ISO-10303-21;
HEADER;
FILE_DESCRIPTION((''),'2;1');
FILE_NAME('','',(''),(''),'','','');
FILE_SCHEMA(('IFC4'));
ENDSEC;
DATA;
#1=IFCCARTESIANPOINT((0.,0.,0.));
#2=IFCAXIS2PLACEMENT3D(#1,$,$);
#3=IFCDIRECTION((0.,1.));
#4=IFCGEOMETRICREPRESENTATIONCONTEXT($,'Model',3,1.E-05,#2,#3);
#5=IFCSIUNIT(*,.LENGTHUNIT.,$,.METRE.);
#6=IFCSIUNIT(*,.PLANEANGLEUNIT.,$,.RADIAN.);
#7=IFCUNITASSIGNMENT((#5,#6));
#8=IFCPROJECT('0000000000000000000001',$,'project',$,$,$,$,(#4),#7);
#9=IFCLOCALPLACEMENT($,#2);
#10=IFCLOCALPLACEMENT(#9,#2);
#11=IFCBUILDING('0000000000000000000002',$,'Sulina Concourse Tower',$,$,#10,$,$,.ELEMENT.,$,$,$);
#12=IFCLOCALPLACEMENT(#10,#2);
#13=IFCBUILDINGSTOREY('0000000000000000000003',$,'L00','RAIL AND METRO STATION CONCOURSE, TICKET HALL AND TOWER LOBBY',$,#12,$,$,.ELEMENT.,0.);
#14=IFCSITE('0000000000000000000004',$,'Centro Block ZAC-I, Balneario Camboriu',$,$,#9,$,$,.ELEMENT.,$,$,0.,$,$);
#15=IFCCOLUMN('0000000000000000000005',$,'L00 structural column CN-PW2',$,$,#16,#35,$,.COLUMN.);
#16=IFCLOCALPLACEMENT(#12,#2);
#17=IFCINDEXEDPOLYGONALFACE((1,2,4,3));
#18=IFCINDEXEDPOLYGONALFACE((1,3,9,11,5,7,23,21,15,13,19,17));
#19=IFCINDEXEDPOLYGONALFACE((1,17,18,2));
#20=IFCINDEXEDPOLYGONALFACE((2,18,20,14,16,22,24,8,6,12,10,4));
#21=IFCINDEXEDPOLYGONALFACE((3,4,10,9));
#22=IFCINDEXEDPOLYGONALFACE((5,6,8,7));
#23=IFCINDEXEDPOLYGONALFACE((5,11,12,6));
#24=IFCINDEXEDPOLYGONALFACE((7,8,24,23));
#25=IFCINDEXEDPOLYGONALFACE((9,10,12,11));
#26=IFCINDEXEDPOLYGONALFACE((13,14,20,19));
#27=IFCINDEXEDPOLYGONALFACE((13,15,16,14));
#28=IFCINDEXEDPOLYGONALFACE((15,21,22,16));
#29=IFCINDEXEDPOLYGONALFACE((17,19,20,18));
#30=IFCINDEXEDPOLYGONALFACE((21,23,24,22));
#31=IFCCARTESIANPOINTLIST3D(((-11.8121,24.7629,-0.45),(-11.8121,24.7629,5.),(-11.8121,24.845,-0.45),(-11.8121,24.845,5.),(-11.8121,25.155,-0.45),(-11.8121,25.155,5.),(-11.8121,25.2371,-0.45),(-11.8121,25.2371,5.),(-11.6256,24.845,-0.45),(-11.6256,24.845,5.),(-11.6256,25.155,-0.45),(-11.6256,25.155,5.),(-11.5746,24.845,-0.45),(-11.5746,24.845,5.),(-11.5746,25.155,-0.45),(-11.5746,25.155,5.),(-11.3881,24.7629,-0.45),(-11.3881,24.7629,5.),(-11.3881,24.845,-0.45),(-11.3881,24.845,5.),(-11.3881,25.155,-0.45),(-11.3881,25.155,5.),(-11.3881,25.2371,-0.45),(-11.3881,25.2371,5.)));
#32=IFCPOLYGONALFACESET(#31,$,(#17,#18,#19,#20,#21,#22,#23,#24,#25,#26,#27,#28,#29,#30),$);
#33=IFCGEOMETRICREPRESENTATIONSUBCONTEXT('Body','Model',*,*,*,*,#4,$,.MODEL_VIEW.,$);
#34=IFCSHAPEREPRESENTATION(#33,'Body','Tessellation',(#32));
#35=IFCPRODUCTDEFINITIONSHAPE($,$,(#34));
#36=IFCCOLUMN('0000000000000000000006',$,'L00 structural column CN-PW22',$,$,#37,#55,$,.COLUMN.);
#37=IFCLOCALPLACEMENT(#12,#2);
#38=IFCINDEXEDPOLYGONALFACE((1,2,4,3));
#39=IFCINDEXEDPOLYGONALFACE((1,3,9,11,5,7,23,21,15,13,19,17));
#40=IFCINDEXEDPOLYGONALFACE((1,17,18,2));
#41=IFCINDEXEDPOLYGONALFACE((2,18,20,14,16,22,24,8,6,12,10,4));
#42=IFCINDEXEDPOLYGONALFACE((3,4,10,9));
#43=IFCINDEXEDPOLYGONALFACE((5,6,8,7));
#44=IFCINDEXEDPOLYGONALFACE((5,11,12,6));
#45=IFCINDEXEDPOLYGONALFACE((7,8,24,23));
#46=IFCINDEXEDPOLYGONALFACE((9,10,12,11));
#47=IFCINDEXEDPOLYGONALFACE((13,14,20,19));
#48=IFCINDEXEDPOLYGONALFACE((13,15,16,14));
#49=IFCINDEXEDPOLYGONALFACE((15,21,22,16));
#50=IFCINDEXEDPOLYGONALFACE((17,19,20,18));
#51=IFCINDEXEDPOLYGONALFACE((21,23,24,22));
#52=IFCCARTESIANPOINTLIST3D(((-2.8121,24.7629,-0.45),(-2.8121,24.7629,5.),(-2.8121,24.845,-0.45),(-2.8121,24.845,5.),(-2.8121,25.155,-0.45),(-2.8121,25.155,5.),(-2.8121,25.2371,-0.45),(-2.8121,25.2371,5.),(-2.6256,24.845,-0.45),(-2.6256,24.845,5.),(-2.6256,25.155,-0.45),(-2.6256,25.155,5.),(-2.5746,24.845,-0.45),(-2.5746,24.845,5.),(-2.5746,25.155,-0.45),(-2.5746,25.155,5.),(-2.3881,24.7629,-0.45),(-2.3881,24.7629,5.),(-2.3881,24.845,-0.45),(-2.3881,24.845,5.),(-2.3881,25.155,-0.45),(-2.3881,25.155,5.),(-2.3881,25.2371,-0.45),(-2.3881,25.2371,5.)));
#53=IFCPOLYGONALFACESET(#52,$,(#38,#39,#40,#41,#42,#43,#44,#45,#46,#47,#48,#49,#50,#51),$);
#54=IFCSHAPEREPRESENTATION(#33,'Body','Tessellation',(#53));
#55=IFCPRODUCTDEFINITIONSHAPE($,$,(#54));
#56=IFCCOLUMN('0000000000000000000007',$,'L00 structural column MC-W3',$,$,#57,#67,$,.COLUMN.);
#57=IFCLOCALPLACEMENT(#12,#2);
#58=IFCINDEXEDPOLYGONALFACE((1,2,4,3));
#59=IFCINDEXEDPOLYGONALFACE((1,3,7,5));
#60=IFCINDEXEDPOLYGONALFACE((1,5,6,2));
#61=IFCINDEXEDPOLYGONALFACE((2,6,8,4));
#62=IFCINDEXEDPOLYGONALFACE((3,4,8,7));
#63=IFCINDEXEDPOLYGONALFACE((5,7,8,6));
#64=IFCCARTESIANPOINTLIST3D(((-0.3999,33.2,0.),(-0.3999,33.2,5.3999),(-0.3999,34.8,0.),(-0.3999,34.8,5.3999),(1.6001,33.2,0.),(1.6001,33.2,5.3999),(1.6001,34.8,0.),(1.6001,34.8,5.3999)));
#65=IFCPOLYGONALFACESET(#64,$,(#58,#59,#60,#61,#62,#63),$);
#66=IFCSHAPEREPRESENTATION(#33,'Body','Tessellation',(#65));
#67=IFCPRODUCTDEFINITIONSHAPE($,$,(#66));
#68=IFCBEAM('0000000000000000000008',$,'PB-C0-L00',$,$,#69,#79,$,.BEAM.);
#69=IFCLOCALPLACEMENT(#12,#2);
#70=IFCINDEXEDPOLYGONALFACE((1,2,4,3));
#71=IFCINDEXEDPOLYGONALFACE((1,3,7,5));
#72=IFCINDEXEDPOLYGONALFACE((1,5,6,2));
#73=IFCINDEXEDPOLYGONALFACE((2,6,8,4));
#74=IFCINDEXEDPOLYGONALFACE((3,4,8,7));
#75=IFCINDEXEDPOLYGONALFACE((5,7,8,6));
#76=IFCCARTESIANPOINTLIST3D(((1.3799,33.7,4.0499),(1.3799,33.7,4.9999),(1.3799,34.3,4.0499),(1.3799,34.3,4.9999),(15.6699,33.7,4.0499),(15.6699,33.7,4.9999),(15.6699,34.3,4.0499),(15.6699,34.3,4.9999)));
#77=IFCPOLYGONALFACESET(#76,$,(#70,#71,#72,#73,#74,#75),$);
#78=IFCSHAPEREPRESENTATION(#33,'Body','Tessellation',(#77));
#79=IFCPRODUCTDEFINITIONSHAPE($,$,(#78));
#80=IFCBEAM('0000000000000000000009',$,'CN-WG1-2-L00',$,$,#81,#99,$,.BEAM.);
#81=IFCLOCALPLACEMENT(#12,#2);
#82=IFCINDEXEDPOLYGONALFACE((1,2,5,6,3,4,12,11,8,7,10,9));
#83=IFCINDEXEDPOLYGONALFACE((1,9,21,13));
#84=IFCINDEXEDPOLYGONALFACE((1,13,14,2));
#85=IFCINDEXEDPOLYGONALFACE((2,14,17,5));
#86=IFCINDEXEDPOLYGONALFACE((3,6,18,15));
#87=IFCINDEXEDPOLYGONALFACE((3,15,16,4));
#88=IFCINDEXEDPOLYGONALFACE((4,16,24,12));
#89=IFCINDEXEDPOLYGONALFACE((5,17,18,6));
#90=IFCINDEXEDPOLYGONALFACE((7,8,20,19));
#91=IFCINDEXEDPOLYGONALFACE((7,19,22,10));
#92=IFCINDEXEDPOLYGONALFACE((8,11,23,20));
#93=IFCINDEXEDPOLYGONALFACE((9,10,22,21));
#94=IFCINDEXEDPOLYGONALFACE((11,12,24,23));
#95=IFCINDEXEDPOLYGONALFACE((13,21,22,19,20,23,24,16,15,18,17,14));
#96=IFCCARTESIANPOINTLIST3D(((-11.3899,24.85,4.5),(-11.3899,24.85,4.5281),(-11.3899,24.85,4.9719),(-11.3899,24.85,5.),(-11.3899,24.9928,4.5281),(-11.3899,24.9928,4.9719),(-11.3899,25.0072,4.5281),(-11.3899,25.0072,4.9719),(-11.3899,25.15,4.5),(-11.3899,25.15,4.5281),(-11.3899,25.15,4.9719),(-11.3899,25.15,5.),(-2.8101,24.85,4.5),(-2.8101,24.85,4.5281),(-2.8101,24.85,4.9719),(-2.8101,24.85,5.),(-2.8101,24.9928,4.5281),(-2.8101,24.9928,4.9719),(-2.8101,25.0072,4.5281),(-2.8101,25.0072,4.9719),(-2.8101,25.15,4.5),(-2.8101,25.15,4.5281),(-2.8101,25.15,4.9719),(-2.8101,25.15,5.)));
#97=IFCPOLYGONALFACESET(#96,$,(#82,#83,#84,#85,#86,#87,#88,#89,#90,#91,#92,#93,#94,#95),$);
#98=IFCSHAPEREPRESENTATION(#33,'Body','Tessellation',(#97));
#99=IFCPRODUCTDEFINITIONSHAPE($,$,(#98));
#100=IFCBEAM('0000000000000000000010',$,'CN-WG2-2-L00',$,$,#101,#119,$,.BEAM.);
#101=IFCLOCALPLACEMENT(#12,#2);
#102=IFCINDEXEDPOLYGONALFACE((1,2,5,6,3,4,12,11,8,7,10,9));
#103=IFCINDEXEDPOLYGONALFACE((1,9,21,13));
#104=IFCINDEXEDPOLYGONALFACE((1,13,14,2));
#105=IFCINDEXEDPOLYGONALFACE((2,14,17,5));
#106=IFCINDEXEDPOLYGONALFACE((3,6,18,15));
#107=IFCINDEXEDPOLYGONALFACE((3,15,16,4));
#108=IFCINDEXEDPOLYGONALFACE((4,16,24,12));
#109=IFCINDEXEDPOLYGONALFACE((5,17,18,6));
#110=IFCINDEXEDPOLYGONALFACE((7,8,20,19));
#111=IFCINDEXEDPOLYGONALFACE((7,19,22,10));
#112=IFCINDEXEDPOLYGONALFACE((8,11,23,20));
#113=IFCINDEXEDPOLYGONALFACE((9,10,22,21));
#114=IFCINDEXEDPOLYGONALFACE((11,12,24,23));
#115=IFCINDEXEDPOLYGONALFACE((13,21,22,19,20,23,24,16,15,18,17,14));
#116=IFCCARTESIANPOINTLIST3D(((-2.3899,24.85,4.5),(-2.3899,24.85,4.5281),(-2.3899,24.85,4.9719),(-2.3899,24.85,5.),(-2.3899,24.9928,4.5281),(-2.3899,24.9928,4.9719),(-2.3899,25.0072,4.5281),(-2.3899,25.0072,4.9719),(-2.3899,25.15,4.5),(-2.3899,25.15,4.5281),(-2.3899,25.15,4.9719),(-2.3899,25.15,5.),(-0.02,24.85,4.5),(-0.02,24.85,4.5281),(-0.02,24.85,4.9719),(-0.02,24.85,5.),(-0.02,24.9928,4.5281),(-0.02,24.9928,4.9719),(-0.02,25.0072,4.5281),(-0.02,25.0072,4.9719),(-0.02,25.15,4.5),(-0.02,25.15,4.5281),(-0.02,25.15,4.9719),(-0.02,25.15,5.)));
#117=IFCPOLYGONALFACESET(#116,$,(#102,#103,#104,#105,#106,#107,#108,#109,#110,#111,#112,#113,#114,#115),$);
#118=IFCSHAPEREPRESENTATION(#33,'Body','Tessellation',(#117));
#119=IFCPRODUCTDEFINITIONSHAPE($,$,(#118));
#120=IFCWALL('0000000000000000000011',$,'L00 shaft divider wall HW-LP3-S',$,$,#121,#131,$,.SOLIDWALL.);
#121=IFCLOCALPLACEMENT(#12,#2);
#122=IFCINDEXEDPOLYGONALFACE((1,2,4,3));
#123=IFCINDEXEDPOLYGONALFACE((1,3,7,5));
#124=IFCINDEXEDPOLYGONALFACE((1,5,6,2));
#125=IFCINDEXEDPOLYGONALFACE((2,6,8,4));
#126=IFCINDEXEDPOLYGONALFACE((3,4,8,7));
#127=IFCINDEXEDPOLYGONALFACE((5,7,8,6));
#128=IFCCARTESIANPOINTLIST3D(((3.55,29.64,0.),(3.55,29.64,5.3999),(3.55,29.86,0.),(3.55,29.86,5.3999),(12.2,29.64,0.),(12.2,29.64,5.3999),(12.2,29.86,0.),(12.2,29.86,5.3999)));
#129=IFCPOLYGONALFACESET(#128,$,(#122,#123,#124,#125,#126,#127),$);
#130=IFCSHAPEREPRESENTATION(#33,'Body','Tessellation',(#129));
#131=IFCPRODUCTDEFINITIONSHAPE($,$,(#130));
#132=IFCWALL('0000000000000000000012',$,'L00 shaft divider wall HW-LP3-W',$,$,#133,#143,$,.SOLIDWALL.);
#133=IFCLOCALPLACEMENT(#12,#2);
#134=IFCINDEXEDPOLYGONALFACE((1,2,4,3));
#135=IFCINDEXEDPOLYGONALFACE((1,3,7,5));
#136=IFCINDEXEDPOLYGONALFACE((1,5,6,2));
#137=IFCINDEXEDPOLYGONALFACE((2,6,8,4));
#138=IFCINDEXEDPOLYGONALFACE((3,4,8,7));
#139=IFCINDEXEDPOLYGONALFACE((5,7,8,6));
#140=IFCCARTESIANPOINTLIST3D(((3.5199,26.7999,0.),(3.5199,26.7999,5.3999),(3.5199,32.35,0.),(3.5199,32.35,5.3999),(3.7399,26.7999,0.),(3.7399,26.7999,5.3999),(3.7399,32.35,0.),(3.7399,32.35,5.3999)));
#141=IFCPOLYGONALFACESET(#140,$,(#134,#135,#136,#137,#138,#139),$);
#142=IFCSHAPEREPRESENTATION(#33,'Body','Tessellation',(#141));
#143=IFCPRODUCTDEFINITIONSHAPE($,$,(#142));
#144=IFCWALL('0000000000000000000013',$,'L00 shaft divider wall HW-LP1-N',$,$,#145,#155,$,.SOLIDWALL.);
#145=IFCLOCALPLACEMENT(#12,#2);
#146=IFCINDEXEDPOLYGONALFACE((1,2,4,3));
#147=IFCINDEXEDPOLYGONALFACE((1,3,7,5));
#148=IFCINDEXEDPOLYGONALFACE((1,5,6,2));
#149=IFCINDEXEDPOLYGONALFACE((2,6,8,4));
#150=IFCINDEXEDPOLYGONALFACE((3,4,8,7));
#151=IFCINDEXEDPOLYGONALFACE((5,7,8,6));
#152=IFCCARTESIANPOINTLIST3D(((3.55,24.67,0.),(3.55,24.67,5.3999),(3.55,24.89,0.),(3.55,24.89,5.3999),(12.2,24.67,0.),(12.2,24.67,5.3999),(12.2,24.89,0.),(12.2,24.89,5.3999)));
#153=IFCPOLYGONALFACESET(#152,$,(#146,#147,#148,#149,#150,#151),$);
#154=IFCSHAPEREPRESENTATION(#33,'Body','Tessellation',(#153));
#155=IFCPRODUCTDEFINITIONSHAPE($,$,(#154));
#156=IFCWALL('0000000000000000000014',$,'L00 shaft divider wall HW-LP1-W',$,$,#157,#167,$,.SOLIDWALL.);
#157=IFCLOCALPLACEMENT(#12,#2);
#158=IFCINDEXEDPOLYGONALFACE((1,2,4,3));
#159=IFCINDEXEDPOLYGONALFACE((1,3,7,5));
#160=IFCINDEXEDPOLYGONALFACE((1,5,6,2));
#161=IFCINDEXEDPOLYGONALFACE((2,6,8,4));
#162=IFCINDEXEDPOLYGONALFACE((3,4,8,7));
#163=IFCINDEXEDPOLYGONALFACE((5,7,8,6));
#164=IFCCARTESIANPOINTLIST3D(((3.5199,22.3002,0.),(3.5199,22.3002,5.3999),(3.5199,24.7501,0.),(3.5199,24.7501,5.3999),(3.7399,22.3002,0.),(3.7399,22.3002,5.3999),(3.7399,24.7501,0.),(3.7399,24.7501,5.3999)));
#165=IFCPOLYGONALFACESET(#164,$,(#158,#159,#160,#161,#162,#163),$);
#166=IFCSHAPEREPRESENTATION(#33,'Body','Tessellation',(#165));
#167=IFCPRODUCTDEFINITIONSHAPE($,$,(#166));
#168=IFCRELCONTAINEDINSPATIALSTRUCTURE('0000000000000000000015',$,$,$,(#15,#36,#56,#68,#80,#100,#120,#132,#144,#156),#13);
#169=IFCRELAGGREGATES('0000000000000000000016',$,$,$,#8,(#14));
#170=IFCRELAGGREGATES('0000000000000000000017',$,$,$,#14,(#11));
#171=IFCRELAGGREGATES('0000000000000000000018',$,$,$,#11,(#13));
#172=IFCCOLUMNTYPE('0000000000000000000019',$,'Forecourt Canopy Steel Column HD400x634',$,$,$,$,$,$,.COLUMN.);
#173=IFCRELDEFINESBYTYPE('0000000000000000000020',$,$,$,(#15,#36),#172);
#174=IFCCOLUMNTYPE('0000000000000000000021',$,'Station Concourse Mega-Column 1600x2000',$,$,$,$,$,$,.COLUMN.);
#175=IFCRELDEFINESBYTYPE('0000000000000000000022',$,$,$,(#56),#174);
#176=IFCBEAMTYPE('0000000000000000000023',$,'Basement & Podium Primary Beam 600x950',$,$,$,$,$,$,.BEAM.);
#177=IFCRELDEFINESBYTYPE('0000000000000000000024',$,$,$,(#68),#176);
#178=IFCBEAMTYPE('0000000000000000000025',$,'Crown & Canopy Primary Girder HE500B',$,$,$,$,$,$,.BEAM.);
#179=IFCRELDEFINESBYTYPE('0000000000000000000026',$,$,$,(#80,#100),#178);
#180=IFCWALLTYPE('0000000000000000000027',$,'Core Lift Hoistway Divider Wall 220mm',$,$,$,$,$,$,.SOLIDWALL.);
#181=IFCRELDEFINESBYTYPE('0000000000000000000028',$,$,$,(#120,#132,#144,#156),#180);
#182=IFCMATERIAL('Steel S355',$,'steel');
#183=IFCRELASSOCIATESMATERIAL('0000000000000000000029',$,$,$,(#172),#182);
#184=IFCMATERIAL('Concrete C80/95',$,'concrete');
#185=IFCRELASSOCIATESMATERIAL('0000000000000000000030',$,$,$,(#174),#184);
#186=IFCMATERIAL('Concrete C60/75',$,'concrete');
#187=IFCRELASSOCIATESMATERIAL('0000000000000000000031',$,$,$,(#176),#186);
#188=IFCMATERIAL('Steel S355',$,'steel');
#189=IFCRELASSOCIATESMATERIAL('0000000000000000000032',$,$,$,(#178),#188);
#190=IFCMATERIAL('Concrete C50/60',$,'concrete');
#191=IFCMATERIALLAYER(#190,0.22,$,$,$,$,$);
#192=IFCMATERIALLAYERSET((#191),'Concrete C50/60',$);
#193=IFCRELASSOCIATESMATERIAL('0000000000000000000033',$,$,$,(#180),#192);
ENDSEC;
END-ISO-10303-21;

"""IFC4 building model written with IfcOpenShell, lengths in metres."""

from ifc_helpers import new_model, si_unit, direction, frame, frame_2d, origin, origin_2d, place, context, subcontext, project, spatial, rectangle, i_section, extrude, material, layer, layer_set, material_profile, profile_set, type_object, element, save


model = new_model("IFC4")

# Units and contexts
model_context = context("Model", 3, precision=1e-05, world=origin(), true_north=direction((0.0, 1.0)))
body_context = subcontext(model_context, "Body", "Model", "MODEL_VIEW")
ifc_project = project(units=[si_unit("LENGTHUNIT", "METRE"), si_unit("PLANEANGLEUNIT", "RADIAN")], contexts=[model_context])

# Site, building, storey
site_placement = place(None, origin())
site = spatial("IfcSite", under=ifc_project, at=site_placement, Name="Centro Block ZAC-I, Balneario Camboriu", CompositionType="ELEMENT", RefElevation=0.0)
building_placement = place(site_placement, origin())
building = spatial("IfcBuilding", under=site, at=building_placement, Name="Sulina Concourse Tower", CompositionType="ELEMENT")
storey_placement = place(building_placement, origin())
storey = spatial("IfcBuildingStorey", under=building, at=storey_placement, Name="L00", Description="RAIL AND METRO STATION CONCOURSE, TICKET HALL AND TOWER LOBBY", CompositionType="ELEMENT", Elevation=0.0)

# Columns
ifc_material_1 = material(Name="Steel S355", Category="steel")
ifc_material_profile_1 = material_profile(ifc_material_1, i_section(OverallWidth=0.4241, OverallDepth=0.4741, WebThickness=0.051, FlangeThickness=0.082, at=origin_2d()), Name="HD 400x634")
ifc_profile_set_1 = profile_set([ifc_material_profile_1], Name="Steel S355")
column_type_1 = type_object("IfcColumnType", Name="Forecourt Canopy Steel Column HD400x634", PredefinedType="COLUMN", material=ifc_profile_set_1)
for number, where, z_axis, x_axis, name in (
    (1, (-11.6001, 25.0, -0.45), (0.0, 0.0, 1.0), (1.0, 0.0, 0.0), "L00 structural column CN-PW2"),
    (2, (-2.6001, 25.0, -0.45), (0.0, 0.0, 1.0), (1.0, 0.0, 0.0), "L00 structural column CN-PW22"),
):
    element("IfcColumn", number, at=place(storey_placement, frame(where, z_axis=z_axis, x_axis=x_axis)), inside=storey, type_object=column_type_1, Name=name, PredefinedType="COLUMN", context=body_context, shape_type="SweptSolid", body=[
        extrude(i_section(OverallWidth=0.4241, OverallDepth=0.4741, WebThickness=0.051, FlangeThickness=0.082, at=origin_2d()), origin(), (0.0, 0.0, 1.0), 5.45),
    ])
ifc_material_2 = material(Name="Concrete C80/95", Category="concrete")
ifc_material_profile_2 = material_profile(ifc_material_2, rectangle(XDim=1.6001, YDim=2.0, at=origin_2d()), Name="RC 1600x2000")
ifc_profile_set_2 = profile_set([ifc_material_profile_2], Name="Concrete C80/95")
column_type_2 = type_object("IfcColumnType", Name="Station Concourse Mega-Column 1600x2000", PredefinedType="COLUMN", material=ifc_profile_set_2)
column_placement = place(storey_placement, frame((0.6001, 34.0, 0.0), z_axis=(0.0, 0.0, 1.0), x_axis=(0.0, 1.0, 0.0)))
element("IfcColumn", 3, at=column_placement, inside=storey, type_object=column_type_2, Name="L00 structural column MC-W3", PredefinedType="COLUMN", context=body_context, shape_type="SweptSolid", body=[
    extrude(rectangle(XDim=1.6001, YDim=2.0, at=origin_2d()), origin(), (0.0, 0.0, 1.0), 5.3999),
])

# Beams
ifc_material_3 = material(Name="Concrete C60/75", Category="concrete")
ifc_material_profile_3 = material_profile(ifc_material_3, rectangle(XDim=0.6001, YDim=0.95, at=origin_2d()), Name="RC 600x950")
ifc_profile_set_3 = profile_set([ifc_material_profile_3], Name="Concrete C60/75")
beam_type_1 = type_object("IfcBeamType", Name="Basement & Podium Primary Beam 600x950", PredefinedType="BEAM", material=ifc_profile_set_3)
beam_1_placement = place(storey_placement, frame((1.3799, 34.0, 4.5249), z_axis=(1.0, 0.0, 0.0), x_axis=(0.0, 1.0, 0.0)))
element("IfcBeam", 4, at=beam_1_placement, inside=storey, type_object=beam_type_1, Name="PB-C0-L00", PredefinedType="BEAM", context=body_context, shape_type="SweptSolid", body=[
    extrude(rectangle(XDim=0.6001, YDim=0.95, at=origin_2d()), origin(), (0.0, 0.0, 1.0), 14.29),
])
ifc_material_4 = material(Name="Steel S355", Category="steel")
ifc_material_profile_4 = material_profile(ifc_material_4, i_section(OverallWidth=0.3, OverallDepth=0.5, WebThickness=0.0144, FlangeThickness=0.0281, at=origin_2d()), Name="HE 500 B")
ifc_profile_set_4 = profile_set([ifc_material_profile_4], Name="Steel S355")
beam_type_2 = type_object("IfcBeamType", Name="Crown & Canopy Primary Girder HE500B", PredefinedType="BEAM", material=ifc_profile_set_4)
beam_2_placement = place(storey_placement, frame((-11.3899, 25.0, 4.75), z_axis=(1.0, 0.0, 0.0), x_axis=(0.0, 1.0, 0.0)))
element("IfcBeam", 5, at=beam_2_placement, inside=storey, type_object=beam_type_2, Name="CN-WG1-2-L00", PredefinedType="BEAM", context=body_context, shape_type="SweptSolid", body=[
    extrude(i_section(OverallWidth=0.3, OverallDepth=0.5, WebThickness=0.0144, FlangeThickness=0.0281, at=origin_2d()), origin(), (0.0, 0.0, 1.0), 8.5798),
])
beam_3_placement = place(storey_placement, frame((-2.3899, 25.0, 4.75), z_axis=(1.0, 0.0, 0.0), x_axis=(0.0, 1.0, 0.0)))
element("IfcBeam", 6, at=beam_3_placement, inside=storey, type_object=beam_type_2, Name="CN-WG2-2-L00", PredefinedType="BEAM", context=body_context, shape_type="SweptSolid", body=[
    extrude(i_section(OverallWidth=0.3, OverallDepth=0.5, WebThickness=0.0144, FlangeThickness=0.0281, at=origin_2d()), origin(), (0.0, 0.0, 1.0), 2.3699),
])

# Walls
ifc_material_5 = material(Name="Concrete C50/60", Category="concrete")
ifc_layer_1 = layer(ifc_material_5, 0.22)
ifc_layer_set_1 = layer_set([ifc_layer_1], Name="Concrete C50/60")
wall_type_1 = type_object("IfcWallType", Name="Core Lift Hoistway Divider Wall 220mm", PredefinedType="SOLIDWALL", material=ifc_layer_set_1)
wall_1_placement = place(storey_placement, frame((3.55, 29.75, 0.0), z_axis=(0.0, 0.0, 1.0), x_axis=(1.0, 0.0, 0.0)))
element("IfcWall", 7, at=wall_1_placement, inside=storey, type_object=wall_type_1, Name="L00 shaft divider wall HW-LP3-S", PredefinedType="SOLIDWALL", context=body_context, shape_type="SweptSolid", body=[
    extrude(rectangle(XDim=8.6499, YDim=0.22, at=frame_2d((4.325, 0.0))), origin(), (0.0, 0.0, 1.0), 5.3999),
])
wall_2_placement = place(storey_placement, frame((3.6299, 26.8, 0.0), z_axis=(0.0, 0.0, 1.0), x_axis=(0.0, 1.0, 0.0)))
element("IfcWall", 8, at=wall_2_placement, inside=storey, type_object=wall_type_1, Name="L00 shaft divider wall HW-LP3-W", PredefinedType="SOLIDWALL", context=body_context, shape_type="SweptSolid", body=[
    extrude(rectangle(XDim=5.55, YDim=0.22, at=frame_2d((2.7749, 0.0))), origin(), (0.0, 0.0, 1.0), 5.3999),
])
wall_3_placement = place(storey_placement, frame((3.55, 24.78, 0.0), z_axis=(0.0, 0.0, 1.0), x_axis=(1.0, 0.0, 0.0)))
element("IfcWall", 9, at=wall_3_placement, inside=storey, type_object=wall_type_1, Name="L00 shaft divider wall HW-LP1-N", PredefinedType="SOLIDWALL", context=body_context, shape_type="SweptSolid", body=[
    extrude(rectangle(XDim=8.6499, YDim=0.22, at=frame_2d((4.325, 0.0))), origin(), (0.0, 0.0, 1.0), 5.3999),
])
wall_4_placement = place(storey_placement, frame((3.6299, 22.3, 0.0), z_axis=(0.0, 0.0, 1.0), x_axis=(0.0, 1.0, 0.0)))
element("IfcWall", 10, at=wall_4_placement, inside=storey, type_object=wall_type_1, Name="L00 shaft divider wall HW-LP1-W", PredefinedType="SOLIDWALL", context=body_context, shape_type="SweptSolid", body=[
    extrude(rectangle(XDim=2.45, YDim=0.22, at=frame_2d((1.2251, 0.0))), origin(), (0.0, 0.0, 1.0), 5.3999),
])

save(model, "model.ifc")
